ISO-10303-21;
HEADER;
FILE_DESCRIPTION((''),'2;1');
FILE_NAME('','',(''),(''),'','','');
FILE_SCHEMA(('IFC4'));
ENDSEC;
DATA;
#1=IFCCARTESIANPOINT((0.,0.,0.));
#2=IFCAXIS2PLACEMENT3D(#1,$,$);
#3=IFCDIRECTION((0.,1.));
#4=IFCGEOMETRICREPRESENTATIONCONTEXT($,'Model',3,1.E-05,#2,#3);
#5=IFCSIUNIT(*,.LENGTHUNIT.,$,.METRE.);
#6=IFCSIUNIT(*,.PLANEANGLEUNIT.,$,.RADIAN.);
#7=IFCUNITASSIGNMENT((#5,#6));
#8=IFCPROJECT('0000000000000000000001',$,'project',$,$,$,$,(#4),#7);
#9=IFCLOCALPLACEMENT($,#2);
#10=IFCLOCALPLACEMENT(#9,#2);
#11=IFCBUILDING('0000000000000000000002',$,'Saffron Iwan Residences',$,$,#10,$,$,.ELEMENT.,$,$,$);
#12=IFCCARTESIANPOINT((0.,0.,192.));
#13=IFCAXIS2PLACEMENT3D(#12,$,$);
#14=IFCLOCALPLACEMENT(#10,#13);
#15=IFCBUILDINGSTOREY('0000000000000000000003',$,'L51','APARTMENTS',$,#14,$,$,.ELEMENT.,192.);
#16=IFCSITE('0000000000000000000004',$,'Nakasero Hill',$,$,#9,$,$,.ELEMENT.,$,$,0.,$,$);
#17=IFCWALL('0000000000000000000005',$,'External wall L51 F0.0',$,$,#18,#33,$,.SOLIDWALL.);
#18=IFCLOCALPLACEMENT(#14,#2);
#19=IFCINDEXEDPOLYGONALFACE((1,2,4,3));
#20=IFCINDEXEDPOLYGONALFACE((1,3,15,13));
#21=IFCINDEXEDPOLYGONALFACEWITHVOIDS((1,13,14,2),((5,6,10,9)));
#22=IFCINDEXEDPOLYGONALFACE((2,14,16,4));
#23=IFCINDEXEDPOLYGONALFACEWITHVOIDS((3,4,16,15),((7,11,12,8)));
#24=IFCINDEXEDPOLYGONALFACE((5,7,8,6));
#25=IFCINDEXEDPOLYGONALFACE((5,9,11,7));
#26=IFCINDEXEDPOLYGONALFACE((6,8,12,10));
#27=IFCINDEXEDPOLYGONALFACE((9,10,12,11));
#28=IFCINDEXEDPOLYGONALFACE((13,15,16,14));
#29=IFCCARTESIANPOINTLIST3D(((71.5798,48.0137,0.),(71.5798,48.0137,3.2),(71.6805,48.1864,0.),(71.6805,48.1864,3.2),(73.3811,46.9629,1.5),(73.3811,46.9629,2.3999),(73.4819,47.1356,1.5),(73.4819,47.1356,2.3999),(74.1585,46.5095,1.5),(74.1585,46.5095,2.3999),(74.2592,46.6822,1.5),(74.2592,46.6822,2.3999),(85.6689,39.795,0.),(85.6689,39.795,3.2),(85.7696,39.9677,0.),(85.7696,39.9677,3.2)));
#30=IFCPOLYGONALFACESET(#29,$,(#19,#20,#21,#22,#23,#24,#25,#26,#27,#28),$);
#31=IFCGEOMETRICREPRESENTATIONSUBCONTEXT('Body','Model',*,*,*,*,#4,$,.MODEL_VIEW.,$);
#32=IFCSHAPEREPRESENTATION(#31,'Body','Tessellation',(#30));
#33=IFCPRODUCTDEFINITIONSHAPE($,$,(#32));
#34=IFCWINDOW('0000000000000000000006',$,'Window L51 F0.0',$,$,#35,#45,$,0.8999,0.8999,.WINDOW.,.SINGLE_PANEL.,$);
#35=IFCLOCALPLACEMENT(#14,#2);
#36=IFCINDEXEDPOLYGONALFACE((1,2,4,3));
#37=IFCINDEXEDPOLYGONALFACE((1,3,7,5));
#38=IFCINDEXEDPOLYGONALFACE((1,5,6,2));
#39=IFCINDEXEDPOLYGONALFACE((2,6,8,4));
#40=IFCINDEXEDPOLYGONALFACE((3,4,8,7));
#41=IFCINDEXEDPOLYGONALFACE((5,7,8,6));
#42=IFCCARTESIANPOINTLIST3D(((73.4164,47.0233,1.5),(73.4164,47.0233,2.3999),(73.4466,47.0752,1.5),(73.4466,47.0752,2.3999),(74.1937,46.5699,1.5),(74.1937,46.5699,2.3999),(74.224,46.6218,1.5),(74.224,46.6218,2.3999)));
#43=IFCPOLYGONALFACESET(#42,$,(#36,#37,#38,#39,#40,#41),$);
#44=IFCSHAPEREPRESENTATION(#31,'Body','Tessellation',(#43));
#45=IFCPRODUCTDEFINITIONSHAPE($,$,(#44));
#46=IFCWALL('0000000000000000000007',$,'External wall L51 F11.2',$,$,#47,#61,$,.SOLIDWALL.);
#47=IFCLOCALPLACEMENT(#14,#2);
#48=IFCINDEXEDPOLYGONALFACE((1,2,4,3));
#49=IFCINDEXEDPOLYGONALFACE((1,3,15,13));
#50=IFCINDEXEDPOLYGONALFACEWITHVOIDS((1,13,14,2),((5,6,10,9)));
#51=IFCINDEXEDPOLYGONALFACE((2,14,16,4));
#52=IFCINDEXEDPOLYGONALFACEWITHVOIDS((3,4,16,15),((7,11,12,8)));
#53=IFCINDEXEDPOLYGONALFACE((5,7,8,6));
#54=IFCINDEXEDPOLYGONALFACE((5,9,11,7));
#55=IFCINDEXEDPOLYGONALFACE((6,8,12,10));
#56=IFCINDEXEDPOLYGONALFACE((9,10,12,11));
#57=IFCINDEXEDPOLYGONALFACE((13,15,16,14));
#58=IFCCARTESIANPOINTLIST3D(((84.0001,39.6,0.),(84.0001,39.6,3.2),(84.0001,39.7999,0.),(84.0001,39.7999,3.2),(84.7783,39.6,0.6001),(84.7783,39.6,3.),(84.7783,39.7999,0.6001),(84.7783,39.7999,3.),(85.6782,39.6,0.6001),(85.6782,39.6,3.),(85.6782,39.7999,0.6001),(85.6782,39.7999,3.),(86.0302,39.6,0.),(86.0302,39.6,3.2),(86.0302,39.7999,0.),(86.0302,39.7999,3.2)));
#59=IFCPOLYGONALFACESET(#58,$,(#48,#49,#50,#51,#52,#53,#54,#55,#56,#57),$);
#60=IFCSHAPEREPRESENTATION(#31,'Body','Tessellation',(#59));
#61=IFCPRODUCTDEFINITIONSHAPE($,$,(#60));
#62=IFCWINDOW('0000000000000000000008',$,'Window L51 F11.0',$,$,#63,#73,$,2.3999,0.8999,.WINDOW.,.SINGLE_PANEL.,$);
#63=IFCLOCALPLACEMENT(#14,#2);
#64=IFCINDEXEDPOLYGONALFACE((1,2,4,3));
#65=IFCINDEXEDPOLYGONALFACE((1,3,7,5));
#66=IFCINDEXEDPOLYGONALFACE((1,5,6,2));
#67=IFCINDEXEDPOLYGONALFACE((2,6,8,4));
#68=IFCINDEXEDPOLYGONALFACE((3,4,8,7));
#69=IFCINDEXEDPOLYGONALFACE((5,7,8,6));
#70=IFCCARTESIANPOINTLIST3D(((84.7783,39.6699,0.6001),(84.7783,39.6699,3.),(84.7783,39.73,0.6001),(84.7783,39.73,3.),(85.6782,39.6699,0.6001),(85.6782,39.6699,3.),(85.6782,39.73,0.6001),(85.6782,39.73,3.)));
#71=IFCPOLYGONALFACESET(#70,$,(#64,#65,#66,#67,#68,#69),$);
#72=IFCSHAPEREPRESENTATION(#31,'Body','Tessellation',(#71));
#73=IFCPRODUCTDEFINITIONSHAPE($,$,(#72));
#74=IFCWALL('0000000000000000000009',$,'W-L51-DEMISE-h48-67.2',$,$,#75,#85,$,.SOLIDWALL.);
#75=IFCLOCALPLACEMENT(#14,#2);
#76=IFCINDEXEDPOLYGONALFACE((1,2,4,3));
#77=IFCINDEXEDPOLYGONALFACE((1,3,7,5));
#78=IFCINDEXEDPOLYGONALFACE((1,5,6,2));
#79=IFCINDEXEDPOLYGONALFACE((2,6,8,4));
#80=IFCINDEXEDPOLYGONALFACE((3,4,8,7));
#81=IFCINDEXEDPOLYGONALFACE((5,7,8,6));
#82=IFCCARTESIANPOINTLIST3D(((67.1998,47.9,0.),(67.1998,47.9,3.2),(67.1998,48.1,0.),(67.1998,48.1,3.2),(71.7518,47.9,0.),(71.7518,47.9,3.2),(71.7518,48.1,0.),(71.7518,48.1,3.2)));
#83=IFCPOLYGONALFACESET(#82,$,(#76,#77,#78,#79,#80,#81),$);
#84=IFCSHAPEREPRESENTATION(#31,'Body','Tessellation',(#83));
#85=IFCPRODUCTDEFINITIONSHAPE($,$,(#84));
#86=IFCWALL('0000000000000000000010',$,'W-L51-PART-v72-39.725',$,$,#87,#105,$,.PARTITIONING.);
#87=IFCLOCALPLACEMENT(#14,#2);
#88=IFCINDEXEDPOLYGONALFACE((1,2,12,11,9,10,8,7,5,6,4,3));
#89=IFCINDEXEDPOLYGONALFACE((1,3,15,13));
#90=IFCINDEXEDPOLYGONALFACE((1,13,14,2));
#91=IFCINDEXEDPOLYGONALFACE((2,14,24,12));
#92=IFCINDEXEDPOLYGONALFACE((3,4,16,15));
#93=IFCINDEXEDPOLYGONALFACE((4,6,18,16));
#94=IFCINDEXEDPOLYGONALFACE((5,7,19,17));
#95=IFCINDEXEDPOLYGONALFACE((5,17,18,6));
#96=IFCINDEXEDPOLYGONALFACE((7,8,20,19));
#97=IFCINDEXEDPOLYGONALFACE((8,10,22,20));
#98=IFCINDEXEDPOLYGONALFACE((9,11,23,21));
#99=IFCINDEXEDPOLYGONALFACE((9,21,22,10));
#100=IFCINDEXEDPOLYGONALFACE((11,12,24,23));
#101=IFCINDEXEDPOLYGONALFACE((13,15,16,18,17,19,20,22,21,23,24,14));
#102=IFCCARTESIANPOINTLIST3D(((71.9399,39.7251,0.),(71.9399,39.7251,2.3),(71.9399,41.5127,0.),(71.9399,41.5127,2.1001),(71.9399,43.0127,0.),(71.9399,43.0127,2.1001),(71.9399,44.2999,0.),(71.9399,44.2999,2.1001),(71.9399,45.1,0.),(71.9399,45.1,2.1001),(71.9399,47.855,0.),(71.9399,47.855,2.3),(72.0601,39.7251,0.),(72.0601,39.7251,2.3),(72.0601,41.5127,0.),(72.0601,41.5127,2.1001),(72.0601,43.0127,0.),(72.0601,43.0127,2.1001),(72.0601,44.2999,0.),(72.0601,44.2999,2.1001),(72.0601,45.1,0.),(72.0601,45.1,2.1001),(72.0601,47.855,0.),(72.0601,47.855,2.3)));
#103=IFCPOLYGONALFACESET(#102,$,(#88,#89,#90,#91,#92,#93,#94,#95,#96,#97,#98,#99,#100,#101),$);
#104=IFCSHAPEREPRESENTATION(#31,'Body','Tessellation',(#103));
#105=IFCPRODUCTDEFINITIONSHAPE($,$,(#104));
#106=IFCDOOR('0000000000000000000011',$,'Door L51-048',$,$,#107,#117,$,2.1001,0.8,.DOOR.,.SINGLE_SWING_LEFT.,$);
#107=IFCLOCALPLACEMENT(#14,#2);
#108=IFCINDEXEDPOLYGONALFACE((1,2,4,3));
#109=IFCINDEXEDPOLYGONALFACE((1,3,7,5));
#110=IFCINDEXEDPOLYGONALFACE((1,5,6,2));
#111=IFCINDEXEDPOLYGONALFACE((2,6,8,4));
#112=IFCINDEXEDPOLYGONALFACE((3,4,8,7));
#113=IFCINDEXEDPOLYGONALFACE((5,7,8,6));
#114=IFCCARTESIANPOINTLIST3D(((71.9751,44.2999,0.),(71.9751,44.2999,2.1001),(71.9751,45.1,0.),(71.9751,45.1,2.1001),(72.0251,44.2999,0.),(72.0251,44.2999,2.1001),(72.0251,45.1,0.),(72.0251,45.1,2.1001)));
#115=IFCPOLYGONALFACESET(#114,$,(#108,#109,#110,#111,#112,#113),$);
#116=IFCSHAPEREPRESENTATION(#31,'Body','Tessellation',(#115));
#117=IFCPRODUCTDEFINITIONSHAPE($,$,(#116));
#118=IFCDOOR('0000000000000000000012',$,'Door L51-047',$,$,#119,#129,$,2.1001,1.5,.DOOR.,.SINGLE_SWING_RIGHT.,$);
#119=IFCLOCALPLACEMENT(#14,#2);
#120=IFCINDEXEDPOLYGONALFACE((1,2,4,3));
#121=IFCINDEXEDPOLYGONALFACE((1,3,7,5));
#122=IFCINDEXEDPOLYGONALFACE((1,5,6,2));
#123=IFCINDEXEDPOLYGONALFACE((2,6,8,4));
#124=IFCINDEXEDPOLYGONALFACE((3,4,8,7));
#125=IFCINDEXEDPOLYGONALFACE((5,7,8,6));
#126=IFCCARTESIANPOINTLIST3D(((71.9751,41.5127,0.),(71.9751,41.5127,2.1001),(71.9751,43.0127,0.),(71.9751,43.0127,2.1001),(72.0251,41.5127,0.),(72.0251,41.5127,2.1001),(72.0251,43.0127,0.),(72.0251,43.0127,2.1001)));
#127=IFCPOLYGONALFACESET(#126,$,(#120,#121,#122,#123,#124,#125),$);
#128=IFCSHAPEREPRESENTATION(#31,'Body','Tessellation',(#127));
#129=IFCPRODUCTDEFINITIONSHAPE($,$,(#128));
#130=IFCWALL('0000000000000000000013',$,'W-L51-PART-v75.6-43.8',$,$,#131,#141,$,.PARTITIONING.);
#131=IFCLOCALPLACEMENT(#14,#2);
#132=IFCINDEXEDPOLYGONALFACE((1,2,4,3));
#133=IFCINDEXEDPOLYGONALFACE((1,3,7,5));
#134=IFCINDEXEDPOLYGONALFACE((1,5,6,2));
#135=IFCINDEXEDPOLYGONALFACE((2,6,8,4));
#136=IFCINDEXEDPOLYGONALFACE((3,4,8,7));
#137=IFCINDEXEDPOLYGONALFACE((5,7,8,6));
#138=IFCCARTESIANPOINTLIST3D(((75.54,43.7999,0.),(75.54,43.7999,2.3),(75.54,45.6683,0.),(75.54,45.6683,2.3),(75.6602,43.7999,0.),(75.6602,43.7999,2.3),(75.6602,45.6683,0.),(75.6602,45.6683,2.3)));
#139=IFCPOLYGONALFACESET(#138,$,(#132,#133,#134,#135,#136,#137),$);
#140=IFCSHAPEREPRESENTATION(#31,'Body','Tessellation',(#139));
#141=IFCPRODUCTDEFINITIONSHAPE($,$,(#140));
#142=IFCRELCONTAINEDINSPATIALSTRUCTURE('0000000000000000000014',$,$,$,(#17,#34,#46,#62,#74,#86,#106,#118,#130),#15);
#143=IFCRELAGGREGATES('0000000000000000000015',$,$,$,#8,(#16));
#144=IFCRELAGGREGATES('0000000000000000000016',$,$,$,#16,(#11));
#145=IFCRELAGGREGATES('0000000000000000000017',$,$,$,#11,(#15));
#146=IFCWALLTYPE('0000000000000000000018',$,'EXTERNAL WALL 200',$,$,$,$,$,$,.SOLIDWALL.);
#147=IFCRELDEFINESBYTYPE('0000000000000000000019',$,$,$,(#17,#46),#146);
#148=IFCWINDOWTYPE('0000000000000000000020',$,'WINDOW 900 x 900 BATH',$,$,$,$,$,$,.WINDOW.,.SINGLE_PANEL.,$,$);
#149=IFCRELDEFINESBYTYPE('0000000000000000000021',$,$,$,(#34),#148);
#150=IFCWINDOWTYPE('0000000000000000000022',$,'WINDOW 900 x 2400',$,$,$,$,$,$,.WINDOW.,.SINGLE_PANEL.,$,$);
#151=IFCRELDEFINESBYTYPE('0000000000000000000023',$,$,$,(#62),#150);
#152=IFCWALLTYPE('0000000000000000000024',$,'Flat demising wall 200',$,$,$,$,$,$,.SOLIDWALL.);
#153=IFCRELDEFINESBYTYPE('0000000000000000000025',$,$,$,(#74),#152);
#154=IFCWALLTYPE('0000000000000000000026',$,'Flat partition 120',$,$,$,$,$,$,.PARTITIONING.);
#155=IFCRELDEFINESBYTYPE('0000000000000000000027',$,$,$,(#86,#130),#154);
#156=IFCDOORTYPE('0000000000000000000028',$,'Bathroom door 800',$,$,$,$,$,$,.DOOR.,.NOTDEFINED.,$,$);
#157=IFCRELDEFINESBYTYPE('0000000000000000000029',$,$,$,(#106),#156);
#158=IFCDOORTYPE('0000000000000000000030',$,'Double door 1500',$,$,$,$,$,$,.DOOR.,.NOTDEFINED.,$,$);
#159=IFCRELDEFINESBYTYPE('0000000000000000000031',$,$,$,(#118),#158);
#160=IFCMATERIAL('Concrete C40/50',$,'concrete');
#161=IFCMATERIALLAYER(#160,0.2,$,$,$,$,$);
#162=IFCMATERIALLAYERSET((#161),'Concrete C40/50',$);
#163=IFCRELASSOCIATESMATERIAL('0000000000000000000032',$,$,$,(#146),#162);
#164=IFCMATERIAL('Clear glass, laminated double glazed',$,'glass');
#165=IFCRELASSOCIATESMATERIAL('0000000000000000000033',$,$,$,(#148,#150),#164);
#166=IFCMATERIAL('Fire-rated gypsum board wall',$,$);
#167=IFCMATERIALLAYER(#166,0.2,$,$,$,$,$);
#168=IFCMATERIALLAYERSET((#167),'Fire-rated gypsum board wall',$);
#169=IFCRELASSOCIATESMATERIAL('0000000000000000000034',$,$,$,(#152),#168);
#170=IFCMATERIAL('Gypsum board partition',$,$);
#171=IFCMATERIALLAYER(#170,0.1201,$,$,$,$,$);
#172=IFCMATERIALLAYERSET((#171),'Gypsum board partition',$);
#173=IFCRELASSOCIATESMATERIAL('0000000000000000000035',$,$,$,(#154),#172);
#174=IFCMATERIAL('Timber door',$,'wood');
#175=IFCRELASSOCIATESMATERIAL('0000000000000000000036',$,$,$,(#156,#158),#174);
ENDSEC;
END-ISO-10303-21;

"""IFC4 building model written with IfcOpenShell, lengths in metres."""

from ifc_helpers import new_model, si_unit, direction, frame, frame_2d, origin, place, context, subcontext, project, spatial, rectangle, extrude, material, layer, layer_set, type_object, element, fill, save


model = new_model("IFC4")

# Units and contexts
model_context = context("Model", 3, precision=1e-05, world=origin(), true_north=direction((0.0, 1.0)))
body_context = subcontext(model_context, "Body", "Model", "MODEL_VIEW")
ifc_project = project(units=[si_unit("LENGTHUNIT", "METRE"), si_unit("PLANEANGLEUNIT", "RADIAN")], contexts=[model_context])

# Site, building, storey
site_placement = place(None, origin())
site = spatial("IfcSite", under=ifc_project, at=site_placement, Name="Nakasero Hill", CompositionType="ELEMENT", RefElevation=0.0)
building_placement = place(site_placement, origin())
building = spatial("IfcBuilding", under=site, at=building_placement, Name="Saffron Iwan Residences", CompositionType="ELEMENT")
storey_placement = place(building_placement, frame((0.0, 0.0, 192.0)))
storey = spatial("IfcBuildingStorey", under=building, at=storey_placement, Name="L51", Description="APARTMENTS", CompositionType="ELEMENT", Elevation=192.0)

# Walls, openings, windows
ifc_material_1 = material(Name="Concrete C40/50", Category="concrete")
ifc_layer_1 = layer(ifc_material_1, 0.2)
ifc_layer_set_1 = layer_set([ifc_layer_1], Name="Concrete C40/50")
wall_type_1 = type_object("IfcWallType", Name="EXTERNAL WALL 200", PredefinedType="SOLIDWALL", material=ifc_layer_set_1)
wall_1_placement = place(storey_placement, frame((85.7192, 39.8813, 0.0), z_axis=(0.0, 0.0, 1.0), x_axis=(-0.863776, 0.503876, 0.0)))
wall_1 = element("IfcWall", 1, at=wall_1_placement, inside=storey, type_object=wall_type_1, Name="External wall L51 F0.0", PredefinedType="SOLIDWALL", context=body_context, shape_type="SweptSolid", body=[
    extrude(rectangle(XDim=16.311, YDim=0.2, at=frame_2d((8.1555, 0.0))), origin(), (0.0, 0.0, 1.0), 3.2),
])
opening_1_placement = place(wall_1_placement, frame((13.3257, 0.0, 1.5)))
opening_1 = element("IfcOpeningElement", 2, at=opening_1_placement, cuts=wall_1, PredefinedType="OPENING", context=body_context, shape_type="SweptSolid", body=[
    extrude(rectangle(XDim=0.8999, YDim=0.8999, at=frame_2d((0.45, 0.45))), frame((0.0, 0.1099, 0.0), z_axis=(0.0, -1.0, 0.0), x_axis=(1.0, 0.0, 0.0)), (0.0, 0.0, 1.0), 0.22),
])
ifc_material_2 = material(Name="Clear glass, laminated double glazed", Category="glass")
window_type_1 = type_object("IfcWindowType", Name="WINDOW 900 x 900 BATH", PartitioningType="SINGLE_PANEL", PredefinedType="WINDOW", material=ifc_material_2)
window_1_placement = place(opening_1_placement, origin())
window_1 = element("IfcWindow", 3, at=window_1_placement, inside=storey, type_object=window_type_1, Name="Window L51 F0.0", OverallHeight=0.8999, OverallWidth=0.8999, PartitioningType="SINGLE_PANEL", PredefinedType="WINDOW", context=body_context, shape_type="SweptSolid", body=[
    extrude(rectangle(XDim=0.8999, YDim=0.8999, at=frame_2d((0.45, 0.45))), frame((0.0, 0.03, 0.0), z_axis=(0.0, -1.0, 0.0), x_axis=(1.0, 0.0, 0.0)), (0.0, 0.0, 1.0), 0.0601),
])
fill(opening_1, window_1)
wall_2_placement = place(storey_placement, frame((84.0, 39.7, 0.0), z_axis=(0.0, 0.0, 1.0), x_axis=(1.0, 0.0, 0.0)))
wall_2 = element("IfcWall", 4, at=wall_2_placement, inside=storey, type_object=wall_type_1, Name="External wall L51 F11.2", PredefinedType="SOLIDWALL", context=body_context, shape_type="SweptSolid", body=[
    extrude(rectangle(XDim=2.03, YDim=0.2, at=frame_2d((1.0151, 0.0))), origin(), (0.0, 0.0, 1.0), 3.2),
])
opening_2_placement = place(wall_2_placement, frame((0.7783, 0.0, 0.6001)))
opening_2 = element("IfcOpeningElement", 5, at=opening_2_placement, cuts=wall_2, PredefinedType="OPENING", context=body_context, shape_type="SweptSolid", body=[
    extrude(rectangle(XDim=0.8999, YDim=2.3999, at=frame_2d((0.45, 1.2))), frame((0.0, 0.1099, 0.0), z_axis=(0.0, -1.0, 0.0), x_axis=(1.0, 0.0, 0.0)), (0.0, 0.0, 1.0), 0.22),
])
window_type_2 = type_object("IfcWindowType", Name="WINDOW 900 x 2400", PartitioningType="SINGLE_PANEL", PredefinedType="WINDOW", material=ifc_material_2)
window_2_placement = place(opening_2_placement, origin())
window_2 = element("IfcWindow", 6, at=window_2_placement, inside=storey, type_object=window_type_2, Name="Window L51 F11.0", OverallHeight=2.3999, OverallWidth=0.8999, PartitioningType="SINGLE_PANEL", PredefinedType="WINDOW", context=body_context, shape_type="SweptSolid", body=[
    extrude(rectangle(XDim=0.8999, YDim=2.3999, at=frame_2d((0.45, 1.2))), frame((0.0, 0.03, 0.0), z_axis=(0.0, -1.0, 0.0), x_axis=(1.0, 0.0, 0.0)), (0.0, 0.0, 1.0), 0.0601),
])
fill(opening_2, window_2)

# Wall
ifc_material_3 = material(Name="Fire-rated gypsum board wall")
ifc_layer_2 = layer(ifc_material_3, 0.2)
ifc_layer_set_2 = layer_set([ifc_layer_2], Name="Fire-rated gypsum board wall")
wall_type_2 = type_object("IfcWallType", Name="Flat demising wall 200", PredefinedType="SOLIDWALL", material=ifc_layer_set_2)
wall_3_placement = place(storey_placement, frame((67.2, 48.0, 0.0), z_axis=(0.0, 0.0, 1.0), x_axis=(1.0, 0.0, 0.0)))
element("IfcWall", 7, at=wall_3_placement, inside=storey, type_object=wall_type_2, Name="W-L51-DEMISE-h48-67.2", PredefinedType="SOLIDWALL", context=body_context, shape_type="SweptSolid", body=[
    extrude(rectangle(XDim=4.552, YDim=0.2, at=frame_2d((2.2759, 0.0))), origin(), (0.0, 0.0, 1.0), 3.2),
])

# Wall, openings, doors
ifc_material_4 = material(Name="Gypsum board partition")
ifc_layer_3 = layer(ifc_material_4, 0.1201)
ifc_layer_set_3 = layer_set([ifc_layer_3], Name="Gypsum board partition")
wall_type_3 = type_object("IfcWallType", Name="Flat partition 120", PredefinedType="PARTITIONING", material=ifc_layer_set_3)
wall_4_placement = place(storey_placement, frame((72.0, 39.7251, 0.0), z_axis=(0.0, 0.0, 1.0), x_axis=(0.0, 1.0, 0.0)))
wall_4 = element("IfcWall", 8, at=wall_4_placement, inside=storey, type_object=wall_type_3, Name="W-L51-PART-v72-39.725", PredefinedType="PARTITIONING", context=body_context, shape_type="SweptSolid", body=[
    extrude(rectangle(XDim=8.1299, YDim=0.1201, at=frame_2d((4.0649, 0.0))), origin(), (0.0, 0.0, 1.0), 2.3),
])
opening_3_placement = place(wall_4_placement, frame((1.7876, 0.0, 0.0)))
opening_3 = element("IfcOpeningElement", 9, at=opening_3_placement, cuts=wall_4, PredefinedType="OPENING", context=body_context, shape_type="SweptSolid", body=[
    extrude(rectangle(XDim=1.5, YDim=2.1001, at=frame_2d((0.75, 1.05))), frame((0.0, 0.0701, 0.0), z_axis=(0.0, -1.0, 0.0), x_axis=(1.0, 0.0, 0.0)), (0.0, 0.0, 1.0), 0.1401),
])
opening_4_placement = place(wall_4_placement, frame((4.575, 0.0, 0.0)))
opening_4 = element("IfcOpeningElement", 10, at=opening_4_placement, cuts=wall_4, PredefinedType="OPENING", context=body_context, shape_type="SweptSolid", body=[
    extrude(rectangle(XDim=0.8, YDim=2.1001, at=frame_2d((0.3999, 1.05))), frame((0.0, 0.0701, 0.0), z_axis=(0.0, -1.0, 0.0), x_axis=(1.0, 0.0, 0.0)), (0.0, 0.0, 1.0), 0.1401),
])
ifc_material_5 = material(Name="Timber door", Category="wood")
door_type_1 = type_object("IfcDoorType", Name="Bathroom door 800", OperationType="NOTDEFINED", PredefinedType="DOOR", material=ifc_material_5)
door_1_placement = place(opening_4_placement, origin())
door_1 = element("IfcDoor", 11, at=door_1_placement, inside=storey, type_object=door_type_1, Name="Door L51-048", OperationType="SINGLE_SWING_LEFT", OverallHeight=2.1001, OverallWidth=0.8, PredefinedType="DOOR", context=body_context, shape_type="SweptSolid", body=[
    extrude(rectangle(XDim=0.8, YDim=2.1001, at=frame_2d((0.3999, 1.05))), frame((0.0, 0.0249, 0.0), z_axis=(0.0, -1.0, 0.0), x_axis=(1.0, 0.0, 0.0)), (0.0, 0.0, 1.0), 0.05),
])
fill(opening_4, door_1)
door_type_2 = type_object("IfcDoorType", Name="Double door 1500", OperationType="NOTDEFINED", PredefinedType="DOOR", material=ifc_material_5)
door_2_placement = place(opening_3_placement, origin())
door_2 = element("IfcDoor", 12, at=door_2_placement, inside=storey, type_object=door_type_2, Name="Door L51-047", OperationType="SINGLE_SWING_RIGHT", OverallHeight=2.1001, OverallWidth=1.5, PredefinedType="DOOR", context=body_context, shape_type="SweptSolid", body=[
    extrude(rectangle(XDim=1.5, YDim=2.1001, at=frame_2d((0.75, 1.05))), frame((0.0, 0.0249, 0.0), z_axis=(0.0, -1.0, 0.0), x_axis=(1.0, 0.0, 0.0)), (0.0, 0.0, 1.0), 0.05),
])
fill(opening_3, door_2)

# Wall
wall_5_placement = place(storey_placement, frame((75.6001, 43.8, 0.0), z_axis=(0.0, 0.0, 1.0), x_axis=(0.0, 1.0, 0.0)))
element("IfcWall", 13, at=wall_5_placement, inside=storey, type_object=wall_type_3, Name="W-L51-PART-v75.6-43.8", PredefinedType="PARTITIONING", context=body_context, shape_type="SweptSolid", body=[
    extrude(rectangle(XDim=1.8684, YDim=0.1201, at=frame_2d((0.9341, 0.0))), origin(), (0.0, 0.0, 1.0), 2.3),
])

save(model, "model.ifc")
